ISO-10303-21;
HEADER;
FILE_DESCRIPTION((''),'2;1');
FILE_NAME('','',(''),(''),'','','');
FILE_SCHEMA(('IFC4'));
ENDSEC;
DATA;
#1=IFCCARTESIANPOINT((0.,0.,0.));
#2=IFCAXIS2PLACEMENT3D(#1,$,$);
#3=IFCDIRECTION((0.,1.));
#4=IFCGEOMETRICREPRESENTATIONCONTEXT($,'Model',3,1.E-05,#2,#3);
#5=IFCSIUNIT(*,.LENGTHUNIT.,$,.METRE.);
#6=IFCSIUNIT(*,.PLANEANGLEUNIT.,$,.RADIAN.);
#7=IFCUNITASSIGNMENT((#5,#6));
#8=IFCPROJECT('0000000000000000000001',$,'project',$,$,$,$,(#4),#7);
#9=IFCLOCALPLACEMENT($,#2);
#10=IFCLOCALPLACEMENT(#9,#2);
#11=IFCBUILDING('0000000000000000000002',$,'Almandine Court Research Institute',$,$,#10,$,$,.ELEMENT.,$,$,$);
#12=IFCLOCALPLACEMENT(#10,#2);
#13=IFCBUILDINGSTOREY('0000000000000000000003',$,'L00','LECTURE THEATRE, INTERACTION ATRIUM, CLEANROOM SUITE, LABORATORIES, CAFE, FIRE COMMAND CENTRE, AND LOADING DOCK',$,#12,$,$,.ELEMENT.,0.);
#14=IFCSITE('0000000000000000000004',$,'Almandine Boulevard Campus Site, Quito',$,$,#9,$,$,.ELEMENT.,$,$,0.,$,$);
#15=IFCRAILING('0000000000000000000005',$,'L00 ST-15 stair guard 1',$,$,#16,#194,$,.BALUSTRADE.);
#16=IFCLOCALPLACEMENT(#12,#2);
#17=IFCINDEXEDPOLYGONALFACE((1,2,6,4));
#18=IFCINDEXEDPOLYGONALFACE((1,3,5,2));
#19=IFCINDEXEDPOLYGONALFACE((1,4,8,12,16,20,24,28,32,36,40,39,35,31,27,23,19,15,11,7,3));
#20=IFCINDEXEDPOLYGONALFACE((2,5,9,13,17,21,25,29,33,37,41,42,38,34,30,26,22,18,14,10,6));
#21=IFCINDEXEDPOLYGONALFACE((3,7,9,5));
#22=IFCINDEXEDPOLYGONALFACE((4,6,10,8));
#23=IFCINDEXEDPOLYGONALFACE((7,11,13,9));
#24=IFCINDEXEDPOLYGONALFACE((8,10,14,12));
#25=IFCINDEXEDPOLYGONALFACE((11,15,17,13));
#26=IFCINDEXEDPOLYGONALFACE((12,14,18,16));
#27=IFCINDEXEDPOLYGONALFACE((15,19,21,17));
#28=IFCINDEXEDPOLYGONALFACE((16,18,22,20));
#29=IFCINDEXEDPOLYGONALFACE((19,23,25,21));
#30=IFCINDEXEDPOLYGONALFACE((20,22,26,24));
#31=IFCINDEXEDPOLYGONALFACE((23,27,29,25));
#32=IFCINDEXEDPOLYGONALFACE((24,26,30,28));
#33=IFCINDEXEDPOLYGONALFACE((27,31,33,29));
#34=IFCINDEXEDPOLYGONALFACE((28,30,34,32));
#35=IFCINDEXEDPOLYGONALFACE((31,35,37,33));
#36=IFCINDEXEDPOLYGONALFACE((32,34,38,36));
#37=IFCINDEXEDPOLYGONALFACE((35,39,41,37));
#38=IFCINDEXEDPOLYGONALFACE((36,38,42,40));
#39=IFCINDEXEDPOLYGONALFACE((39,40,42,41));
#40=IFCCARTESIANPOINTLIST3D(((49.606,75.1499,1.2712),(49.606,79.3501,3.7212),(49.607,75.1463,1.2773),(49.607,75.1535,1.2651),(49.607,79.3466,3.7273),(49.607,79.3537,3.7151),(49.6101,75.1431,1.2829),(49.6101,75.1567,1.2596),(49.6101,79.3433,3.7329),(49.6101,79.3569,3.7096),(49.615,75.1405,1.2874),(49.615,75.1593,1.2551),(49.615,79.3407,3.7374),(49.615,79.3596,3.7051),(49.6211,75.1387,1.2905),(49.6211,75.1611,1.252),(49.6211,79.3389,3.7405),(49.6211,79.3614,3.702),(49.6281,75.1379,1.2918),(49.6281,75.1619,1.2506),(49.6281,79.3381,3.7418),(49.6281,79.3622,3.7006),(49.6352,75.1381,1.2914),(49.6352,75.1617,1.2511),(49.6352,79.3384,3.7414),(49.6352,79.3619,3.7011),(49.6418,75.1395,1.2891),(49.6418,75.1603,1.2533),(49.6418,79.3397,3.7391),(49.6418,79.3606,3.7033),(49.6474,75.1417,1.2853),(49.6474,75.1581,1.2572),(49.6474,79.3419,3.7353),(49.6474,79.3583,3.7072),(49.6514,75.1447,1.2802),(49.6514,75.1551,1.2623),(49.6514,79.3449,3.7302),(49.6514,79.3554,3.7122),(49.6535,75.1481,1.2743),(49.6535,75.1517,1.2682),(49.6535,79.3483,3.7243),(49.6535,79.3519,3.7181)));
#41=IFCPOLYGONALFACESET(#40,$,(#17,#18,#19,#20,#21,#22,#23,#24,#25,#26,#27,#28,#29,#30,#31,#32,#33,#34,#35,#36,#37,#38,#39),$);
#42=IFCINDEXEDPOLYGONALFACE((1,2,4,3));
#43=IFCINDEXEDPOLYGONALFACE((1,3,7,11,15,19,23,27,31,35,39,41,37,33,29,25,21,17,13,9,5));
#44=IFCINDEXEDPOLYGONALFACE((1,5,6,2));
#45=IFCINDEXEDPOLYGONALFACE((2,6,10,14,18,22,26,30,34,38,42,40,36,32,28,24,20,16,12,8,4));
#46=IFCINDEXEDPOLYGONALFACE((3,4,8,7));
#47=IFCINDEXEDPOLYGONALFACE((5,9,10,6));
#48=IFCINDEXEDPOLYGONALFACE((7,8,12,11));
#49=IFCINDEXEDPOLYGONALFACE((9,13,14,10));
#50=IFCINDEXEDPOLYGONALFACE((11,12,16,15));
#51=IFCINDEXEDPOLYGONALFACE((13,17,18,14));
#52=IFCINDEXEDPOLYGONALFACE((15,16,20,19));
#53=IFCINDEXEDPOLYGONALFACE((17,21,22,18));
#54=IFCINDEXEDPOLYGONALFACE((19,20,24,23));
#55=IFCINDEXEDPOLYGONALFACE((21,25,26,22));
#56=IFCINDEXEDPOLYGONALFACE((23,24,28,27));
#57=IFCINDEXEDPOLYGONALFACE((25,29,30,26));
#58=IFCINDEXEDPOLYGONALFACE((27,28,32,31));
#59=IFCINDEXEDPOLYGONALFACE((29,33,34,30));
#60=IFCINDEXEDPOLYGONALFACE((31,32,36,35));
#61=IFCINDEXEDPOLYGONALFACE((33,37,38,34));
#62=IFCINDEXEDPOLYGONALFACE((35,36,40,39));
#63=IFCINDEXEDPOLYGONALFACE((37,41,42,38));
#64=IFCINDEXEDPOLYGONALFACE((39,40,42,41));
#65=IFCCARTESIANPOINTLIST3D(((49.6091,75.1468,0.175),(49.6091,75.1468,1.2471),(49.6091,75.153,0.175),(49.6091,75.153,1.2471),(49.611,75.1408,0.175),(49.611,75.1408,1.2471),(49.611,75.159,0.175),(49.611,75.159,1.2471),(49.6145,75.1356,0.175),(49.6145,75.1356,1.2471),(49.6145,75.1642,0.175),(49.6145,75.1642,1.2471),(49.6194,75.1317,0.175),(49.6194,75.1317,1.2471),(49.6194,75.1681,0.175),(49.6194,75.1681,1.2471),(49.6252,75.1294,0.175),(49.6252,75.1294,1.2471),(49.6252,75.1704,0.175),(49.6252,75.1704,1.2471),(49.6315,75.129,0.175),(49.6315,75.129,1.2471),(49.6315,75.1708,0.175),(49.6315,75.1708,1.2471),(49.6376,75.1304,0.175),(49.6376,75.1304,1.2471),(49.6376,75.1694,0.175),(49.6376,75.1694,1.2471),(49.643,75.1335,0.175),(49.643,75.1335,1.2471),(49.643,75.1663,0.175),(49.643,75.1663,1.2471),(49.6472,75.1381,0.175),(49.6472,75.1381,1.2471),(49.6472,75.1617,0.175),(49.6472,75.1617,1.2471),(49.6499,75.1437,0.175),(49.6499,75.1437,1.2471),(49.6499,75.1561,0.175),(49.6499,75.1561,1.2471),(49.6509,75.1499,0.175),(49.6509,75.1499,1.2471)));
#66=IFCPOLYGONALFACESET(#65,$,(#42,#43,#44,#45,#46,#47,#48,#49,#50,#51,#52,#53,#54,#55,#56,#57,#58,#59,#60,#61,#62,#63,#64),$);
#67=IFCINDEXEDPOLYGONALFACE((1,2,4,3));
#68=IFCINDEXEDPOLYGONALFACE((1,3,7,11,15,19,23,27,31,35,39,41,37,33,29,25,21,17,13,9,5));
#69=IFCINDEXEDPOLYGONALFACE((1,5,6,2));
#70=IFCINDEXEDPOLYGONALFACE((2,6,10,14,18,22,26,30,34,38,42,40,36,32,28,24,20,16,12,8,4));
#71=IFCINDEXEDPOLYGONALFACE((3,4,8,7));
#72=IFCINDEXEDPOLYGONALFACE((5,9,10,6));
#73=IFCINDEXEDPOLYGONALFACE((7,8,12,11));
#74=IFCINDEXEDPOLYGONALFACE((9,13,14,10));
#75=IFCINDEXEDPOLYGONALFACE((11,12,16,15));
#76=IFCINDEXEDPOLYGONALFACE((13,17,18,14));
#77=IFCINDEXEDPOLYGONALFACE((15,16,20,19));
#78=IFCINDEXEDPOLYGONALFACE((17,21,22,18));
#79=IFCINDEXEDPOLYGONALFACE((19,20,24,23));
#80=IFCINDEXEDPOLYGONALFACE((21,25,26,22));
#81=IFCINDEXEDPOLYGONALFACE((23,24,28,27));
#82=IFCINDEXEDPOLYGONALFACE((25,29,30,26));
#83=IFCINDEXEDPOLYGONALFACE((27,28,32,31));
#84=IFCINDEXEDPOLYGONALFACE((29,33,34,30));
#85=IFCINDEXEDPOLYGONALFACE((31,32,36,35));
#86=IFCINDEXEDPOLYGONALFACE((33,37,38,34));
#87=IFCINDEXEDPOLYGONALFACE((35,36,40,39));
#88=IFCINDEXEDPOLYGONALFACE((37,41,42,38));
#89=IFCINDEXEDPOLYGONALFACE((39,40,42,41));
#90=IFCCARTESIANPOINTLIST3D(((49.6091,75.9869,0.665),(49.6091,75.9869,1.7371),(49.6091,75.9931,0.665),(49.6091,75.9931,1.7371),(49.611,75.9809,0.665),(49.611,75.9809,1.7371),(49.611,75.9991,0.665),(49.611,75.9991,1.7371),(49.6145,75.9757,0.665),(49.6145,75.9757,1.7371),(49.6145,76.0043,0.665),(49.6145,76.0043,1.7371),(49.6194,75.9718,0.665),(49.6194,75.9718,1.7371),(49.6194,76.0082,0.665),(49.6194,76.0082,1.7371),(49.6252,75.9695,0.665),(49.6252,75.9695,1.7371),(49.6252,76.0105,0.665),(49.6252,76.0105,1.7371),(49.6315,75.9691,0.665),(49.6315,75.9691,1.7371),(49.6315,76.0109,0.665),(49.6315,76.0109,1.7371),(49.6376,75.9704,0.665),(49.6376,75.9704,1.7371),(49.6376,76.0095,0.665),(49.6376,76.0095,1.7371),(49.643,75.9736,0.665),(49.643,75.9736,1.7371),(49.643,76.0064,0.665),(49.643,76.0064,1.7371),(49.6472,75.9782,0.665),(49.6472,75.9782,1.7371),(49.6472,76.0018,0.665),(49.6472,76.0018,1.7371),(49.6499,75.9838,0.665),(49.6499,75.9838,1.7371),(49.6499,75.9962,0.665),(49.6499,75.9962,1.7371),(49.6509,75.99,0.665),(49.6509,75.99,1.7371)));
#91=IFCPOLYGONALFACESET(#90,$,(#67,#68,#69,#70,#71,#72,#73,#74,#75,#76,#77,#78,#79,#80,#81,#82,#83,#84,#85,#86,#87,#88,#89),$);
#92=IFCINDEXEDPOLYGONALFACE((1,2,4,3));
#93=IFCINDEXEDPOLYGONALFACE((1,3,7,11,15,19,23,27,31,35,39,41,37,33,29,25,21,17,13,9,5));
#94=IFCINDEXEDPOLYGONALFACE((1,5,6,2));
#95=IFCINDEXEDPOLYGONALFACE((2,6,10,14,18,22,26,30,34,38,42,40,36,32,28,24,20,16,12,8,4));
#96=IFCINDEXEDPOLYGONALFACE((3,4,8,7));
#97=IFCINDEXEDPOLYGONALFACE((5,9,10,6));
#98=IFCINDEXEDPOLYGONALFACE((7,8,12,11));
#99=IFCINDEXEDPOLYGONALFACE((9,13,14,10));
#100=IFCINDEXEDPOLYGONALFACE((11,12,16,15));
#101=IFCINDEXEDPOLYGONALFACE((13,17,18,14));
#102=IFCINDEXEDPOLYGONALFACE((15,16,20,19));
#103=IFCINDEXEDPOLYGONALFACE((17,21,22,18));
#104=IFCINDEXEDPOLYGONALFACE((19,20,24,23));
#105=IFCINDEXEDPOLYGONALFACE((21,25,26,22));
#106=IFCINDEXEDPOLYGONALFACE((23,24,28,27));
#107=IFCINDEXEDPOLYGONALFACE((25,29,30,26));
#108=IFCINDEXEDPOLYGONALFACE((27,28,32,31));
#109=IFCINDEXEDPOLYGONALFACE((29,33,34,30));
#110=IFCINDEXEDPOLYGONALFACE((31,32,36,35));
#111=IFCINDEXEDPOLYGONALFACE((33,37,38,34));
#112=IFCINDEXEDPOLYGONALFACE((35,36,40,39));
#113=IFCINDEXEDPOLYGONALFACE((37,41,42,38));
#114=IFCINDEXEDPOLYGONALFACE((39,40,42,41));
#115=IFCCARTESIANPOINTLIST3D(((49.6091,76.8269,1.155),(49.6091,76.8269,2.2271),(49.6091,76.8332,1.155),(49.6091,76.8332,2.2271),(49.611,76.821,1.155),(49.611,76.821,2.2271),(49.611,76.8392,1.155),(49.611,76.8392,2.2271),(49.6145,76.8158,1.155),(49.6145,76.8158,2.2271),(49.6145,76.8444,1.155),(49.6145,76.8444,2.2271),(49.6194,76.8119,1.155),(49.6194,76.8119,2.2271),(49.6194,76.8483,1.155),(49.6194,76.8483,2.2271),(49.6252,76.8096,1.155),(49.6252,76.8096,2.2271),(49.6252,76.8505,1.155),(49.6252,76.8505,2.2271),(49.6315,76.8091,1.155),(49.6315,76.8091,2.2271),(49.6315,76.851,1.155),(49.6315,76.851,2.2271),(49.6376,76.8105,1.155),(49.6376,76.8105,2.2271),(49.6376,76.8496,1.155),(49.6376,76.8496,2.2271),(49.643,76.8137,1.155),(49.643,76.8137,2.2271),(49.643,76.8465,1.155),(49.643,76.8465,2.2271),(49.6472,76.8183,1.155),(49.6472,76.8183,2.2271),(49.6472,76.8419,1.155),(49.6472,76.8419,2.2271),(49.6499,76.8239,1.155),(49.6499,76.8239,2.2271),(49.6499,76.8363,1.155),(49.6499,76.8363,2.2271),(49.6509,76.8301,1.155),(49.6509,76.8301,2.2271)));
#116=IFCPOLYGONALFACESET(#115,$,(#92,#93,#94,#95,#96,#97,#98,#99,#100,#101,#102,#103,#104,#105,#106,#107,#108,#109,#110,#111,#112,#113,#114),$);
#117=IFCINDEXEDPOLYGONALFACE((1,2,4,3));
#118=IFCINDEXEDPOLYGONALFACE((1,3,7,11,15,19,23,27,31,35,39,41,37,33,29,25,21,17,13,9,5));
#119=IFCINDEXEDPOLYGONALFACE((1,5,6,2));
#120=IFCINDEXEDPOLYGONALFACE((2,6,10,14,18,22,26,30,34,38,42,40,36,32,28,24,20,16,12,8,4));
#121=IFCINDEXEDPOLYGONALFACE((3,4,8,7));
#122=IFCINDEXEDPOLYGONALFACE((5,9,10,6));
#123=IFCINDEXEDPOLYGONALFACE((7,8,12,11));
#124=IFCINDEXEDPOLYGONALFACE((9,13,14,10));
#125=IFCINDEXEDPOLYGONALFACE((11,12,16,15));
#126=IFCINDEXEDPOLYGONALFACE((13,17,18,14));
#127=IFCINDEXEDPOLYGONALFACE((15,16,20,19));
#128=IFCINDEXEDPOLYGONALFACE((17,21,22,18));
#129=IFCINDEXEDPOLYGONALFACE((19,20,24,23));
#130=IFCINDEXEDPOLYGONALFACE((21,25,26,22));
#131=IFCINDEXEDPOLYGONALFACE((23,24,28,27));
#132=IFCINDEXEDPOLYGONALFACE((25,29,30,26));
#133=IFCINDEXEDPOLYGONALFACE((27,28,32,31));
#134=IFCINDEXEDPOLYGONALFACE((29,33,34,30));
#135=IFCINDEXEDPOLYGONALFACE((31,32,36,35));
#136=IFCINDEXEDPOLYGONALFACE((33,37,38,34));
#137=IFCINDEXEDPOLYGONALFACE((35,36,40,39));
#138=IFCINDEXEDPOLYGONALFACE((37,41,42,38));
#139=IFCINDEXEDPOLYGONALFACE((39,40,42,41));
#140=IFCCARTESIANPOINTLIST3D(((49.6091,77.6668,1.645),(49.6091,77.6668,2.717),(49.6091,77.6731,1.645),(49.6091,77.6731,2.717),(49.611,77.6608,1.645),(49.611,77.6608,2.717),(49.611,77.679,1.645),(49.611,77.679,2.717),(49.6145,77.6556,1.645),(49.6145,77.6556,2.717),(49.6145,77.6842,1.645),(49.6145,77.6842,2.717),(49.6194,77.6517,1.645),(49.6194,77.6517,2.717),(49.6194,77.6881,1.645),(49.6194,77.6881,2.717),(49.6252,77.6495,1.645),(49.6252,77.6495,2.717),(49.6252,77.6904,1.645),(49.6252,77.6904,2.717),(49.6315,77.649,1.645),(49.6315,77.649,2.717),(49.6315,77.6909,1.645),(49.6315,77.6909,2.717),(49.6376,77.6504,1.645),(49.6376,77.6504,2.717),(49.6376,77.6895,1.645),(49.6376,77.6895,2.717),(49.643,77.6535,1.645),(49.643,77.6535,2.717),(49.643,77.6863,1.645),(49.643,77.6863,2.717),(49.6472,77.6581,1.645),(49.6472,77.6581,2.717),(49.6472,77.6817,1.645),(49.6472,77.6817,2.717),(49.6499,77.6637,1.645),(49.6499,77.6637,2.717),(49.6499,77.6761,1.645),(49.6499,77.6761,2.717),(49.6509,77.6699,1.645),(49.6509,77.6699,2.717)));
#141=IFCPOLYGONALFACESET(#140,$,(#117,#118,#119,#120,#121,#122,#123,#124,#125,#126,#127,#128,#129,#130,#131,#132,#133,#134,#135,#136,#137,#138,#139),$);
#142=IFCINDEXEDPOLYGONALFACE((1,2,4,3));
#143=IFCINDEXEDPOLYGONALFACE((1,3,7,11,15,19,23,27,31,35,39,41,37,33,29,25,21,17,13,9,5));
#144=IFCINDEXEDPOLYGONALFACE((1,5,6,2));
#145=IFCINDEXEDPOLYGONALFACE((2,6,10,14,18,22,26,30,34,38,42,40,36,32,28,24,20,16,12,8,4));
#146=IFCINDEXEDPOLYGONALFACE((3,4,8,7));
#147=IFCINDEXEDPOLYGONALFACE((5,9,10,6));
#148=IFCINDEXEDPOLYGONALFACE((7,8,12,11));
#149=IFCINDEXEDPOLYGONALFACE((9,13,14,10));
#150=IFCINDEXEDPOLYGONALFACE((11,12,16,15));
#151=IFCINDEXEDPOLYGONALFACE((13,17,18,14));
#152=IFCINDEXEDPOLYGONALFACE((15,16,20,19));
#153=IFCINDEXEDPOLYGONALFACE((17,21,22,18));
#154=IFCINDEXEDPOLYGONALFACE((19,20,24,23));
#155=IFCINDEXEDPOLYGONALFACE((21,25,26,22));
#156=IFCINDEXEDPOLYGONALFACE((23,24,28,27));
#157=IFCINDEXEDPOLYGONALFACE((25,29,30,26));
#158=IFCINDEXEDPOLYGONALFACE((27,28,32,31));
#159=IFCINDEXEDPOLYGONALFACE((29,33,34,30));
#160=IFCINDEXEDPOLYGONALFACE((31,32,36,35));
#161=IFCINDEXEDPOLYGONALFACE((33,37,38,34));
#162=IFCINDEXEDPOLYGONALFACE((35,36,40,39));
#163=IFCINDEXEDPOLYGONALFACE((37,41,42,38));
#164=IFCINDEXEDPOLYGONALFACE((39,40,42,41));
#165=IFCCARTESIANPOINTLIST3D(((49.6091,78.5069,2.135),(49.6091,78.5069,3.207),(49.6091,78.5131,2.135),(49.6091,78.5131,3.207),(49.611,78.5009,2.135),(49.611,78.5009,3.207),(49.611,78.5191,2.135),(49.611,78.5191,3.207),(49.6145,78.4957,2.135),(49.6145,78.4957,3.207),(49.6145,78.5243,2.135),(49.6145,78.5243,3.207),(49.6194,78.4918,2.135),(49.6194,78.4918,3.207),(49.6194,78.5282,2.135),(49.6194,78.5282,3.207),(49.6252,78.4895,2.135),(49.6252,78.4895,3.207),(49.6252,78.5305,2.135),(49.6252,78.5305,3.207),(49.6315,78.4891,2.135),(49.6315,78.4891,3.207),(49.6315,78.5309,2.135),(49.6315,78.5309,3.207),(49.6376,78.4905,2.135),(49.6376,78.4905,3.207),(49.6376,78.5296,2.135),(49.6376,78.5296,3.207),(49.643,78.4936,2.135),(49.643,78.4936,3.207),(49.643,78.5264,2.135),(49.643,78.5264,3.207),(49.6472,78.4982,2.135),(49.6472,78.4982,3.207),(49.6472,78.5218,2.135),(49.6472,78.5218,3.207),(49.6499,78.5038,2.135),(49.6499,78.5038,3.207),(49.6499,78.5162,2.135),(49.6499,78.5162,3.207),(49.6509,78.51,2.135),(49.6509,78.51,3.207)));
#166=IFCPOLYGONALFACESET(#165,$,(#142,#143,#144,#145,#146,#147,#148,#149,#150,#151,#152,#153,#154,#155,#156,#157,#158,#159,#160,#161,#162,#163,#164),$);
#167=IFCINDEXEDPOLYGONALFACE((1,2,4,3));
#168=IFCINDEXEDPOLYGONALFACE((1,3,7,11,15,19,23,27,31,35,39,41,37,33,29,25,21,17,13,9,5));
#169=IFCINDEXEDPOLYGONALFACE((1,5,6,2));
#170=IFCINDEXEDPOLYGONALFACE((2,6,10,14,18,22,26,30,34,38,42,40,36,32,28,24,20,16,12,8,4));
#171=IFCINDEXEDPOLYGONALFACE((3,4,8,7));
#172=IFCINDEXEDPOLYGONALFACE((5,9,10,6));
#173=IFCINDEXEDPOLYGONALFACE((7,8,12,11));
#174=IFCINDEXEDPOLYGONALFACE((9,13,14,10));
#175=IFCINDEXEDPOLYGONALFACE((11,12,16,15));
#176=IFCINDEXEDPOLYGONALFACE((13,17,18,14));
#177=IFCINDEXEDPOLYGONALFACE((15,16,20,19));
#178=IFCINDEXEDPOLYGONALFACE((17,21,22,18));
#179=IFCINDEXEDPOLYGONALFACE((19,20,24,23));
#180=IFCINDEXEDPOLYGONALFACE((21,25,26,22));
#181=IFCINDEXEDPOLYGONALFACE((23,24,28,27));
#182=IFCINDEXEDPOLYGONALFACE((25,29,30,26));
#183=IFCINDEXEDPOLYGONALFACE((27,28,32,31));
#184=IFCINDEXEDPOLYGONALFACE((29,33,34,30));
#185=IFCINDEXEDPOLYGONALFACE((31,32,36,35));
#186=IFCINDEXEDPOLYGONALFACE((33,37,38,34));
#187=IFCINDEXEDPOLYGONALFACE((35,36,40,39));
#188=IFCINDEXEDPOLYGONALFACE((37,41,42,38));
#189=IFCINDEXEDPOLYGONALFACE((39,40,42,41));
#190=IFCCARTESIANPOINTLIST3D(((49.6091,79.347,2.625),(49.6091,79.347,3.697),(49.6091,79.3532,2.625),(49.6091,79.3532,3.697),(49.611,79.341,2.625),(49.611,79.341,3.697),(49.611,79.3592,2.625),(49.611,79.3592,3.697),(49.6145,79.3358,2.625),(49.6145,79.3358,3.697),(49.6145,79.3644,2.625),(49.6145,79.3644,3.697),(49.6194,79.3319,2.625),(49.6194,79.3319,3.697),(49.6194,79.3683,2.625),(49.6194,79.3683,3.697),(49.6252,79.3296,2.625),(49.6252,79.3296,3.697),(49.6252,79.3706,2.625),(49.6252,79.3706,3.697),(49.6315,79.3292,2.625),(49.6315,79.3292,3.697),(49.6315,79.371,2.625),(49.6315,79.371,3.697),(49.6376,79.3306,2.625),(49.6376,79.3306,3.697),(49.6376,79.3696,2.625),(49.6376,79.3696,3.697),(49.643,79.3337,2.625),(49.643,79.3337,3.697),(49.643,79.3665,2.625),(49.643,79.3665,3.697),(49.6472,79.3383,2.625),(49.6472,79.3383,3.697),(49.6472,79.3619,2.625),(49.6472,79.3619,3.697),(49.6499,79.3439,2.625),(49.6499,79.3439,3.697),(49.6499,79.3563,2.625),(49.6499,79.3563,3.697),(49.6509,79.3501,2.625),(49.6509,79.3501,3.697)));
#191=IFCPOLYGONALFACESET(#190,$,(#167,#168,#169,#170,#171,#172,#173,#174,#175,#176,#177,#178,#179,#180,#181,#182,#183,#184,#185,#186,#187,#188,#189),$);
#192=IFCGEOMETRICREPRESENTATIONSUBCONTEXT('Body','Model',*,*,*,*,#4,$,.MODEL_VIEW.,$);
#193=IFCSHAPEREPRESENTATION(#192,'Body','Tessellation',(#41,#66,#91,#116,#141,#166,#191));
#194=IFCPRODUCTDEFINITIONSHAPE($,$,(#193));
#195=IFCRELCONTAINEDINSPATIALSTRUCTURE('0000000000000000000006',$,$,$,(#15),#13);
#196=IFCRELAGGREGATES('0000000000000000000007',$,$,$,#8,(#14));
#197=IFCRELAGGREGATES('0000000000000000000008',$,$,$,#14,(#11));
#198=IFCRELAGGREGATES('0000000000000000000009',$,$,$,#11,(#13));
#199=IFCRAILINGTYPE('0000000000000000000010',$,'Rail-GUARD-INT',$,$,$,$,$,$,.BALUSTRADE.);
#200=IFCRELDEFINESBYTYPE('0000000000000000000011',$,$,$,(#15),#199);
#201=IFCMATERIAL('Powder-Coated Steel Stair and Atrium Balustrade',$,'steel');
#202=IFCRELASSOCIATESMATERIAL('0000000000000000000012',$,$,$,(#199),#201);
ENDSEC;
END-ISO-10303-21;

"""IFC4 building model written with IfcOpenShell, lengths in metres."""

from ifc_helpers import new_model, si_unit, direction, frame, origin, origin_2d, place, context, subcontext, project, spatial, circle, extrude, material, type_object, element, save


model = new_model("IFC4")

# Units and contexts
model_context = context("Model", 3, precision=1e-05, world=origin(), true_north=direction((0.0, 1.0)))
body_context = subcontext(model_context, "Body", "Model", "MODEL_VIEW")
ifc_project = project(units=[si_unit("LENGTHUNIT", "METRE"), si_unit("PLANEANGLEUNIT", "RADIAN")], contexts=[model_context])

# Site, building, storey
site_placement = place(None, origin())
site = spatial("IfcSite", under=ifc_project, at=site_placement, Name="Almandine Boulevard Campus Site, Quito", CompositionType="ELEMENT", RefElevation=0.0)
building_placement = place(site_placement, origin())
building = spatial("IfcBuilding", under=site, at=building_placement, Name="Almandine Court Research Institute", CompositionType="ELEMENT")
storey_placement = place(building_placement, origin())
storey = spatial("IfcBuildingStorey", under=building, at=storey_placement, Name="L00", Description="LECTURE THEATRE, INTERACTION ATRIUM, CLEANROOM SUITE, LABORATORIES, CAFE, FIRE COMMAND CENTRE, AND LOADING DOCK", CompositionType="ELEMENT", Elevation=0.0)

# Railing
ifc_material_1 = material(Name="Powder-Coated Steel Stair and Atrium Balustrade", Category="steel")
railing_type_1 = type_object("IfcRailingType", Name="Rail-GUARD-INT", PredefinedType="BALUSTRADE", material=ifc_material_1)
railing_1_placement = place(storey_placement, frame((49.6299, 75.1499, 0.175)))
element("IfcRailing", 1, at=railing_1_placement, inside=storey, type_object=railing_type_1, Name="L00 ST-15 stair guard 1", PredefinedType="BALUSTRADE", context=body_context, shape_type="SweptSolid", body=[
    extrude(circle(Radius=0.0239, at=origin_2d()), frame((0.0, 0.0, 1.0962), z_axis=(0.0, 0.863793, 0.503846), x_axis=(-1.0, 0.0, 0.0)), (0.0, 0.0, 1.0), 4.8625),
    extrude(circle(Radius=0.021, at=origin_2d()), origin(), (0.0, 0.0, 1.0), 1.072),
    extrude(circle(Radius=0.021, at=origin_2d()), frame((0.0, 0.8401, 0.49)), (0.0, 0.0, 1.0), 1.072),
    extrude(circle(Radius=0.021, at=origin_2d()), frame((0.0, 1.6802, 0.98)), (0.0, 0.0, 1.0), 1.072),
    extrude(circle(Radius=0.021, at=origin_2d()), frame((0.0, 2.52, 1.47)), (0.0, 0.0, 1.0), 1.072),
    extrude(circle(Radius=0.021, at=origin_2d()), frame((0.0, 3.3601, 1.96)), (0.0, 0.0, 1.0), 1.072),
    extrude(circle(Radius=0.021, at=origin_2d()), frame((0.0, 4.2002, 2.45)), (0.0, 0.0, 1.0), 1.072),
])

save(model, "model.ifc")
